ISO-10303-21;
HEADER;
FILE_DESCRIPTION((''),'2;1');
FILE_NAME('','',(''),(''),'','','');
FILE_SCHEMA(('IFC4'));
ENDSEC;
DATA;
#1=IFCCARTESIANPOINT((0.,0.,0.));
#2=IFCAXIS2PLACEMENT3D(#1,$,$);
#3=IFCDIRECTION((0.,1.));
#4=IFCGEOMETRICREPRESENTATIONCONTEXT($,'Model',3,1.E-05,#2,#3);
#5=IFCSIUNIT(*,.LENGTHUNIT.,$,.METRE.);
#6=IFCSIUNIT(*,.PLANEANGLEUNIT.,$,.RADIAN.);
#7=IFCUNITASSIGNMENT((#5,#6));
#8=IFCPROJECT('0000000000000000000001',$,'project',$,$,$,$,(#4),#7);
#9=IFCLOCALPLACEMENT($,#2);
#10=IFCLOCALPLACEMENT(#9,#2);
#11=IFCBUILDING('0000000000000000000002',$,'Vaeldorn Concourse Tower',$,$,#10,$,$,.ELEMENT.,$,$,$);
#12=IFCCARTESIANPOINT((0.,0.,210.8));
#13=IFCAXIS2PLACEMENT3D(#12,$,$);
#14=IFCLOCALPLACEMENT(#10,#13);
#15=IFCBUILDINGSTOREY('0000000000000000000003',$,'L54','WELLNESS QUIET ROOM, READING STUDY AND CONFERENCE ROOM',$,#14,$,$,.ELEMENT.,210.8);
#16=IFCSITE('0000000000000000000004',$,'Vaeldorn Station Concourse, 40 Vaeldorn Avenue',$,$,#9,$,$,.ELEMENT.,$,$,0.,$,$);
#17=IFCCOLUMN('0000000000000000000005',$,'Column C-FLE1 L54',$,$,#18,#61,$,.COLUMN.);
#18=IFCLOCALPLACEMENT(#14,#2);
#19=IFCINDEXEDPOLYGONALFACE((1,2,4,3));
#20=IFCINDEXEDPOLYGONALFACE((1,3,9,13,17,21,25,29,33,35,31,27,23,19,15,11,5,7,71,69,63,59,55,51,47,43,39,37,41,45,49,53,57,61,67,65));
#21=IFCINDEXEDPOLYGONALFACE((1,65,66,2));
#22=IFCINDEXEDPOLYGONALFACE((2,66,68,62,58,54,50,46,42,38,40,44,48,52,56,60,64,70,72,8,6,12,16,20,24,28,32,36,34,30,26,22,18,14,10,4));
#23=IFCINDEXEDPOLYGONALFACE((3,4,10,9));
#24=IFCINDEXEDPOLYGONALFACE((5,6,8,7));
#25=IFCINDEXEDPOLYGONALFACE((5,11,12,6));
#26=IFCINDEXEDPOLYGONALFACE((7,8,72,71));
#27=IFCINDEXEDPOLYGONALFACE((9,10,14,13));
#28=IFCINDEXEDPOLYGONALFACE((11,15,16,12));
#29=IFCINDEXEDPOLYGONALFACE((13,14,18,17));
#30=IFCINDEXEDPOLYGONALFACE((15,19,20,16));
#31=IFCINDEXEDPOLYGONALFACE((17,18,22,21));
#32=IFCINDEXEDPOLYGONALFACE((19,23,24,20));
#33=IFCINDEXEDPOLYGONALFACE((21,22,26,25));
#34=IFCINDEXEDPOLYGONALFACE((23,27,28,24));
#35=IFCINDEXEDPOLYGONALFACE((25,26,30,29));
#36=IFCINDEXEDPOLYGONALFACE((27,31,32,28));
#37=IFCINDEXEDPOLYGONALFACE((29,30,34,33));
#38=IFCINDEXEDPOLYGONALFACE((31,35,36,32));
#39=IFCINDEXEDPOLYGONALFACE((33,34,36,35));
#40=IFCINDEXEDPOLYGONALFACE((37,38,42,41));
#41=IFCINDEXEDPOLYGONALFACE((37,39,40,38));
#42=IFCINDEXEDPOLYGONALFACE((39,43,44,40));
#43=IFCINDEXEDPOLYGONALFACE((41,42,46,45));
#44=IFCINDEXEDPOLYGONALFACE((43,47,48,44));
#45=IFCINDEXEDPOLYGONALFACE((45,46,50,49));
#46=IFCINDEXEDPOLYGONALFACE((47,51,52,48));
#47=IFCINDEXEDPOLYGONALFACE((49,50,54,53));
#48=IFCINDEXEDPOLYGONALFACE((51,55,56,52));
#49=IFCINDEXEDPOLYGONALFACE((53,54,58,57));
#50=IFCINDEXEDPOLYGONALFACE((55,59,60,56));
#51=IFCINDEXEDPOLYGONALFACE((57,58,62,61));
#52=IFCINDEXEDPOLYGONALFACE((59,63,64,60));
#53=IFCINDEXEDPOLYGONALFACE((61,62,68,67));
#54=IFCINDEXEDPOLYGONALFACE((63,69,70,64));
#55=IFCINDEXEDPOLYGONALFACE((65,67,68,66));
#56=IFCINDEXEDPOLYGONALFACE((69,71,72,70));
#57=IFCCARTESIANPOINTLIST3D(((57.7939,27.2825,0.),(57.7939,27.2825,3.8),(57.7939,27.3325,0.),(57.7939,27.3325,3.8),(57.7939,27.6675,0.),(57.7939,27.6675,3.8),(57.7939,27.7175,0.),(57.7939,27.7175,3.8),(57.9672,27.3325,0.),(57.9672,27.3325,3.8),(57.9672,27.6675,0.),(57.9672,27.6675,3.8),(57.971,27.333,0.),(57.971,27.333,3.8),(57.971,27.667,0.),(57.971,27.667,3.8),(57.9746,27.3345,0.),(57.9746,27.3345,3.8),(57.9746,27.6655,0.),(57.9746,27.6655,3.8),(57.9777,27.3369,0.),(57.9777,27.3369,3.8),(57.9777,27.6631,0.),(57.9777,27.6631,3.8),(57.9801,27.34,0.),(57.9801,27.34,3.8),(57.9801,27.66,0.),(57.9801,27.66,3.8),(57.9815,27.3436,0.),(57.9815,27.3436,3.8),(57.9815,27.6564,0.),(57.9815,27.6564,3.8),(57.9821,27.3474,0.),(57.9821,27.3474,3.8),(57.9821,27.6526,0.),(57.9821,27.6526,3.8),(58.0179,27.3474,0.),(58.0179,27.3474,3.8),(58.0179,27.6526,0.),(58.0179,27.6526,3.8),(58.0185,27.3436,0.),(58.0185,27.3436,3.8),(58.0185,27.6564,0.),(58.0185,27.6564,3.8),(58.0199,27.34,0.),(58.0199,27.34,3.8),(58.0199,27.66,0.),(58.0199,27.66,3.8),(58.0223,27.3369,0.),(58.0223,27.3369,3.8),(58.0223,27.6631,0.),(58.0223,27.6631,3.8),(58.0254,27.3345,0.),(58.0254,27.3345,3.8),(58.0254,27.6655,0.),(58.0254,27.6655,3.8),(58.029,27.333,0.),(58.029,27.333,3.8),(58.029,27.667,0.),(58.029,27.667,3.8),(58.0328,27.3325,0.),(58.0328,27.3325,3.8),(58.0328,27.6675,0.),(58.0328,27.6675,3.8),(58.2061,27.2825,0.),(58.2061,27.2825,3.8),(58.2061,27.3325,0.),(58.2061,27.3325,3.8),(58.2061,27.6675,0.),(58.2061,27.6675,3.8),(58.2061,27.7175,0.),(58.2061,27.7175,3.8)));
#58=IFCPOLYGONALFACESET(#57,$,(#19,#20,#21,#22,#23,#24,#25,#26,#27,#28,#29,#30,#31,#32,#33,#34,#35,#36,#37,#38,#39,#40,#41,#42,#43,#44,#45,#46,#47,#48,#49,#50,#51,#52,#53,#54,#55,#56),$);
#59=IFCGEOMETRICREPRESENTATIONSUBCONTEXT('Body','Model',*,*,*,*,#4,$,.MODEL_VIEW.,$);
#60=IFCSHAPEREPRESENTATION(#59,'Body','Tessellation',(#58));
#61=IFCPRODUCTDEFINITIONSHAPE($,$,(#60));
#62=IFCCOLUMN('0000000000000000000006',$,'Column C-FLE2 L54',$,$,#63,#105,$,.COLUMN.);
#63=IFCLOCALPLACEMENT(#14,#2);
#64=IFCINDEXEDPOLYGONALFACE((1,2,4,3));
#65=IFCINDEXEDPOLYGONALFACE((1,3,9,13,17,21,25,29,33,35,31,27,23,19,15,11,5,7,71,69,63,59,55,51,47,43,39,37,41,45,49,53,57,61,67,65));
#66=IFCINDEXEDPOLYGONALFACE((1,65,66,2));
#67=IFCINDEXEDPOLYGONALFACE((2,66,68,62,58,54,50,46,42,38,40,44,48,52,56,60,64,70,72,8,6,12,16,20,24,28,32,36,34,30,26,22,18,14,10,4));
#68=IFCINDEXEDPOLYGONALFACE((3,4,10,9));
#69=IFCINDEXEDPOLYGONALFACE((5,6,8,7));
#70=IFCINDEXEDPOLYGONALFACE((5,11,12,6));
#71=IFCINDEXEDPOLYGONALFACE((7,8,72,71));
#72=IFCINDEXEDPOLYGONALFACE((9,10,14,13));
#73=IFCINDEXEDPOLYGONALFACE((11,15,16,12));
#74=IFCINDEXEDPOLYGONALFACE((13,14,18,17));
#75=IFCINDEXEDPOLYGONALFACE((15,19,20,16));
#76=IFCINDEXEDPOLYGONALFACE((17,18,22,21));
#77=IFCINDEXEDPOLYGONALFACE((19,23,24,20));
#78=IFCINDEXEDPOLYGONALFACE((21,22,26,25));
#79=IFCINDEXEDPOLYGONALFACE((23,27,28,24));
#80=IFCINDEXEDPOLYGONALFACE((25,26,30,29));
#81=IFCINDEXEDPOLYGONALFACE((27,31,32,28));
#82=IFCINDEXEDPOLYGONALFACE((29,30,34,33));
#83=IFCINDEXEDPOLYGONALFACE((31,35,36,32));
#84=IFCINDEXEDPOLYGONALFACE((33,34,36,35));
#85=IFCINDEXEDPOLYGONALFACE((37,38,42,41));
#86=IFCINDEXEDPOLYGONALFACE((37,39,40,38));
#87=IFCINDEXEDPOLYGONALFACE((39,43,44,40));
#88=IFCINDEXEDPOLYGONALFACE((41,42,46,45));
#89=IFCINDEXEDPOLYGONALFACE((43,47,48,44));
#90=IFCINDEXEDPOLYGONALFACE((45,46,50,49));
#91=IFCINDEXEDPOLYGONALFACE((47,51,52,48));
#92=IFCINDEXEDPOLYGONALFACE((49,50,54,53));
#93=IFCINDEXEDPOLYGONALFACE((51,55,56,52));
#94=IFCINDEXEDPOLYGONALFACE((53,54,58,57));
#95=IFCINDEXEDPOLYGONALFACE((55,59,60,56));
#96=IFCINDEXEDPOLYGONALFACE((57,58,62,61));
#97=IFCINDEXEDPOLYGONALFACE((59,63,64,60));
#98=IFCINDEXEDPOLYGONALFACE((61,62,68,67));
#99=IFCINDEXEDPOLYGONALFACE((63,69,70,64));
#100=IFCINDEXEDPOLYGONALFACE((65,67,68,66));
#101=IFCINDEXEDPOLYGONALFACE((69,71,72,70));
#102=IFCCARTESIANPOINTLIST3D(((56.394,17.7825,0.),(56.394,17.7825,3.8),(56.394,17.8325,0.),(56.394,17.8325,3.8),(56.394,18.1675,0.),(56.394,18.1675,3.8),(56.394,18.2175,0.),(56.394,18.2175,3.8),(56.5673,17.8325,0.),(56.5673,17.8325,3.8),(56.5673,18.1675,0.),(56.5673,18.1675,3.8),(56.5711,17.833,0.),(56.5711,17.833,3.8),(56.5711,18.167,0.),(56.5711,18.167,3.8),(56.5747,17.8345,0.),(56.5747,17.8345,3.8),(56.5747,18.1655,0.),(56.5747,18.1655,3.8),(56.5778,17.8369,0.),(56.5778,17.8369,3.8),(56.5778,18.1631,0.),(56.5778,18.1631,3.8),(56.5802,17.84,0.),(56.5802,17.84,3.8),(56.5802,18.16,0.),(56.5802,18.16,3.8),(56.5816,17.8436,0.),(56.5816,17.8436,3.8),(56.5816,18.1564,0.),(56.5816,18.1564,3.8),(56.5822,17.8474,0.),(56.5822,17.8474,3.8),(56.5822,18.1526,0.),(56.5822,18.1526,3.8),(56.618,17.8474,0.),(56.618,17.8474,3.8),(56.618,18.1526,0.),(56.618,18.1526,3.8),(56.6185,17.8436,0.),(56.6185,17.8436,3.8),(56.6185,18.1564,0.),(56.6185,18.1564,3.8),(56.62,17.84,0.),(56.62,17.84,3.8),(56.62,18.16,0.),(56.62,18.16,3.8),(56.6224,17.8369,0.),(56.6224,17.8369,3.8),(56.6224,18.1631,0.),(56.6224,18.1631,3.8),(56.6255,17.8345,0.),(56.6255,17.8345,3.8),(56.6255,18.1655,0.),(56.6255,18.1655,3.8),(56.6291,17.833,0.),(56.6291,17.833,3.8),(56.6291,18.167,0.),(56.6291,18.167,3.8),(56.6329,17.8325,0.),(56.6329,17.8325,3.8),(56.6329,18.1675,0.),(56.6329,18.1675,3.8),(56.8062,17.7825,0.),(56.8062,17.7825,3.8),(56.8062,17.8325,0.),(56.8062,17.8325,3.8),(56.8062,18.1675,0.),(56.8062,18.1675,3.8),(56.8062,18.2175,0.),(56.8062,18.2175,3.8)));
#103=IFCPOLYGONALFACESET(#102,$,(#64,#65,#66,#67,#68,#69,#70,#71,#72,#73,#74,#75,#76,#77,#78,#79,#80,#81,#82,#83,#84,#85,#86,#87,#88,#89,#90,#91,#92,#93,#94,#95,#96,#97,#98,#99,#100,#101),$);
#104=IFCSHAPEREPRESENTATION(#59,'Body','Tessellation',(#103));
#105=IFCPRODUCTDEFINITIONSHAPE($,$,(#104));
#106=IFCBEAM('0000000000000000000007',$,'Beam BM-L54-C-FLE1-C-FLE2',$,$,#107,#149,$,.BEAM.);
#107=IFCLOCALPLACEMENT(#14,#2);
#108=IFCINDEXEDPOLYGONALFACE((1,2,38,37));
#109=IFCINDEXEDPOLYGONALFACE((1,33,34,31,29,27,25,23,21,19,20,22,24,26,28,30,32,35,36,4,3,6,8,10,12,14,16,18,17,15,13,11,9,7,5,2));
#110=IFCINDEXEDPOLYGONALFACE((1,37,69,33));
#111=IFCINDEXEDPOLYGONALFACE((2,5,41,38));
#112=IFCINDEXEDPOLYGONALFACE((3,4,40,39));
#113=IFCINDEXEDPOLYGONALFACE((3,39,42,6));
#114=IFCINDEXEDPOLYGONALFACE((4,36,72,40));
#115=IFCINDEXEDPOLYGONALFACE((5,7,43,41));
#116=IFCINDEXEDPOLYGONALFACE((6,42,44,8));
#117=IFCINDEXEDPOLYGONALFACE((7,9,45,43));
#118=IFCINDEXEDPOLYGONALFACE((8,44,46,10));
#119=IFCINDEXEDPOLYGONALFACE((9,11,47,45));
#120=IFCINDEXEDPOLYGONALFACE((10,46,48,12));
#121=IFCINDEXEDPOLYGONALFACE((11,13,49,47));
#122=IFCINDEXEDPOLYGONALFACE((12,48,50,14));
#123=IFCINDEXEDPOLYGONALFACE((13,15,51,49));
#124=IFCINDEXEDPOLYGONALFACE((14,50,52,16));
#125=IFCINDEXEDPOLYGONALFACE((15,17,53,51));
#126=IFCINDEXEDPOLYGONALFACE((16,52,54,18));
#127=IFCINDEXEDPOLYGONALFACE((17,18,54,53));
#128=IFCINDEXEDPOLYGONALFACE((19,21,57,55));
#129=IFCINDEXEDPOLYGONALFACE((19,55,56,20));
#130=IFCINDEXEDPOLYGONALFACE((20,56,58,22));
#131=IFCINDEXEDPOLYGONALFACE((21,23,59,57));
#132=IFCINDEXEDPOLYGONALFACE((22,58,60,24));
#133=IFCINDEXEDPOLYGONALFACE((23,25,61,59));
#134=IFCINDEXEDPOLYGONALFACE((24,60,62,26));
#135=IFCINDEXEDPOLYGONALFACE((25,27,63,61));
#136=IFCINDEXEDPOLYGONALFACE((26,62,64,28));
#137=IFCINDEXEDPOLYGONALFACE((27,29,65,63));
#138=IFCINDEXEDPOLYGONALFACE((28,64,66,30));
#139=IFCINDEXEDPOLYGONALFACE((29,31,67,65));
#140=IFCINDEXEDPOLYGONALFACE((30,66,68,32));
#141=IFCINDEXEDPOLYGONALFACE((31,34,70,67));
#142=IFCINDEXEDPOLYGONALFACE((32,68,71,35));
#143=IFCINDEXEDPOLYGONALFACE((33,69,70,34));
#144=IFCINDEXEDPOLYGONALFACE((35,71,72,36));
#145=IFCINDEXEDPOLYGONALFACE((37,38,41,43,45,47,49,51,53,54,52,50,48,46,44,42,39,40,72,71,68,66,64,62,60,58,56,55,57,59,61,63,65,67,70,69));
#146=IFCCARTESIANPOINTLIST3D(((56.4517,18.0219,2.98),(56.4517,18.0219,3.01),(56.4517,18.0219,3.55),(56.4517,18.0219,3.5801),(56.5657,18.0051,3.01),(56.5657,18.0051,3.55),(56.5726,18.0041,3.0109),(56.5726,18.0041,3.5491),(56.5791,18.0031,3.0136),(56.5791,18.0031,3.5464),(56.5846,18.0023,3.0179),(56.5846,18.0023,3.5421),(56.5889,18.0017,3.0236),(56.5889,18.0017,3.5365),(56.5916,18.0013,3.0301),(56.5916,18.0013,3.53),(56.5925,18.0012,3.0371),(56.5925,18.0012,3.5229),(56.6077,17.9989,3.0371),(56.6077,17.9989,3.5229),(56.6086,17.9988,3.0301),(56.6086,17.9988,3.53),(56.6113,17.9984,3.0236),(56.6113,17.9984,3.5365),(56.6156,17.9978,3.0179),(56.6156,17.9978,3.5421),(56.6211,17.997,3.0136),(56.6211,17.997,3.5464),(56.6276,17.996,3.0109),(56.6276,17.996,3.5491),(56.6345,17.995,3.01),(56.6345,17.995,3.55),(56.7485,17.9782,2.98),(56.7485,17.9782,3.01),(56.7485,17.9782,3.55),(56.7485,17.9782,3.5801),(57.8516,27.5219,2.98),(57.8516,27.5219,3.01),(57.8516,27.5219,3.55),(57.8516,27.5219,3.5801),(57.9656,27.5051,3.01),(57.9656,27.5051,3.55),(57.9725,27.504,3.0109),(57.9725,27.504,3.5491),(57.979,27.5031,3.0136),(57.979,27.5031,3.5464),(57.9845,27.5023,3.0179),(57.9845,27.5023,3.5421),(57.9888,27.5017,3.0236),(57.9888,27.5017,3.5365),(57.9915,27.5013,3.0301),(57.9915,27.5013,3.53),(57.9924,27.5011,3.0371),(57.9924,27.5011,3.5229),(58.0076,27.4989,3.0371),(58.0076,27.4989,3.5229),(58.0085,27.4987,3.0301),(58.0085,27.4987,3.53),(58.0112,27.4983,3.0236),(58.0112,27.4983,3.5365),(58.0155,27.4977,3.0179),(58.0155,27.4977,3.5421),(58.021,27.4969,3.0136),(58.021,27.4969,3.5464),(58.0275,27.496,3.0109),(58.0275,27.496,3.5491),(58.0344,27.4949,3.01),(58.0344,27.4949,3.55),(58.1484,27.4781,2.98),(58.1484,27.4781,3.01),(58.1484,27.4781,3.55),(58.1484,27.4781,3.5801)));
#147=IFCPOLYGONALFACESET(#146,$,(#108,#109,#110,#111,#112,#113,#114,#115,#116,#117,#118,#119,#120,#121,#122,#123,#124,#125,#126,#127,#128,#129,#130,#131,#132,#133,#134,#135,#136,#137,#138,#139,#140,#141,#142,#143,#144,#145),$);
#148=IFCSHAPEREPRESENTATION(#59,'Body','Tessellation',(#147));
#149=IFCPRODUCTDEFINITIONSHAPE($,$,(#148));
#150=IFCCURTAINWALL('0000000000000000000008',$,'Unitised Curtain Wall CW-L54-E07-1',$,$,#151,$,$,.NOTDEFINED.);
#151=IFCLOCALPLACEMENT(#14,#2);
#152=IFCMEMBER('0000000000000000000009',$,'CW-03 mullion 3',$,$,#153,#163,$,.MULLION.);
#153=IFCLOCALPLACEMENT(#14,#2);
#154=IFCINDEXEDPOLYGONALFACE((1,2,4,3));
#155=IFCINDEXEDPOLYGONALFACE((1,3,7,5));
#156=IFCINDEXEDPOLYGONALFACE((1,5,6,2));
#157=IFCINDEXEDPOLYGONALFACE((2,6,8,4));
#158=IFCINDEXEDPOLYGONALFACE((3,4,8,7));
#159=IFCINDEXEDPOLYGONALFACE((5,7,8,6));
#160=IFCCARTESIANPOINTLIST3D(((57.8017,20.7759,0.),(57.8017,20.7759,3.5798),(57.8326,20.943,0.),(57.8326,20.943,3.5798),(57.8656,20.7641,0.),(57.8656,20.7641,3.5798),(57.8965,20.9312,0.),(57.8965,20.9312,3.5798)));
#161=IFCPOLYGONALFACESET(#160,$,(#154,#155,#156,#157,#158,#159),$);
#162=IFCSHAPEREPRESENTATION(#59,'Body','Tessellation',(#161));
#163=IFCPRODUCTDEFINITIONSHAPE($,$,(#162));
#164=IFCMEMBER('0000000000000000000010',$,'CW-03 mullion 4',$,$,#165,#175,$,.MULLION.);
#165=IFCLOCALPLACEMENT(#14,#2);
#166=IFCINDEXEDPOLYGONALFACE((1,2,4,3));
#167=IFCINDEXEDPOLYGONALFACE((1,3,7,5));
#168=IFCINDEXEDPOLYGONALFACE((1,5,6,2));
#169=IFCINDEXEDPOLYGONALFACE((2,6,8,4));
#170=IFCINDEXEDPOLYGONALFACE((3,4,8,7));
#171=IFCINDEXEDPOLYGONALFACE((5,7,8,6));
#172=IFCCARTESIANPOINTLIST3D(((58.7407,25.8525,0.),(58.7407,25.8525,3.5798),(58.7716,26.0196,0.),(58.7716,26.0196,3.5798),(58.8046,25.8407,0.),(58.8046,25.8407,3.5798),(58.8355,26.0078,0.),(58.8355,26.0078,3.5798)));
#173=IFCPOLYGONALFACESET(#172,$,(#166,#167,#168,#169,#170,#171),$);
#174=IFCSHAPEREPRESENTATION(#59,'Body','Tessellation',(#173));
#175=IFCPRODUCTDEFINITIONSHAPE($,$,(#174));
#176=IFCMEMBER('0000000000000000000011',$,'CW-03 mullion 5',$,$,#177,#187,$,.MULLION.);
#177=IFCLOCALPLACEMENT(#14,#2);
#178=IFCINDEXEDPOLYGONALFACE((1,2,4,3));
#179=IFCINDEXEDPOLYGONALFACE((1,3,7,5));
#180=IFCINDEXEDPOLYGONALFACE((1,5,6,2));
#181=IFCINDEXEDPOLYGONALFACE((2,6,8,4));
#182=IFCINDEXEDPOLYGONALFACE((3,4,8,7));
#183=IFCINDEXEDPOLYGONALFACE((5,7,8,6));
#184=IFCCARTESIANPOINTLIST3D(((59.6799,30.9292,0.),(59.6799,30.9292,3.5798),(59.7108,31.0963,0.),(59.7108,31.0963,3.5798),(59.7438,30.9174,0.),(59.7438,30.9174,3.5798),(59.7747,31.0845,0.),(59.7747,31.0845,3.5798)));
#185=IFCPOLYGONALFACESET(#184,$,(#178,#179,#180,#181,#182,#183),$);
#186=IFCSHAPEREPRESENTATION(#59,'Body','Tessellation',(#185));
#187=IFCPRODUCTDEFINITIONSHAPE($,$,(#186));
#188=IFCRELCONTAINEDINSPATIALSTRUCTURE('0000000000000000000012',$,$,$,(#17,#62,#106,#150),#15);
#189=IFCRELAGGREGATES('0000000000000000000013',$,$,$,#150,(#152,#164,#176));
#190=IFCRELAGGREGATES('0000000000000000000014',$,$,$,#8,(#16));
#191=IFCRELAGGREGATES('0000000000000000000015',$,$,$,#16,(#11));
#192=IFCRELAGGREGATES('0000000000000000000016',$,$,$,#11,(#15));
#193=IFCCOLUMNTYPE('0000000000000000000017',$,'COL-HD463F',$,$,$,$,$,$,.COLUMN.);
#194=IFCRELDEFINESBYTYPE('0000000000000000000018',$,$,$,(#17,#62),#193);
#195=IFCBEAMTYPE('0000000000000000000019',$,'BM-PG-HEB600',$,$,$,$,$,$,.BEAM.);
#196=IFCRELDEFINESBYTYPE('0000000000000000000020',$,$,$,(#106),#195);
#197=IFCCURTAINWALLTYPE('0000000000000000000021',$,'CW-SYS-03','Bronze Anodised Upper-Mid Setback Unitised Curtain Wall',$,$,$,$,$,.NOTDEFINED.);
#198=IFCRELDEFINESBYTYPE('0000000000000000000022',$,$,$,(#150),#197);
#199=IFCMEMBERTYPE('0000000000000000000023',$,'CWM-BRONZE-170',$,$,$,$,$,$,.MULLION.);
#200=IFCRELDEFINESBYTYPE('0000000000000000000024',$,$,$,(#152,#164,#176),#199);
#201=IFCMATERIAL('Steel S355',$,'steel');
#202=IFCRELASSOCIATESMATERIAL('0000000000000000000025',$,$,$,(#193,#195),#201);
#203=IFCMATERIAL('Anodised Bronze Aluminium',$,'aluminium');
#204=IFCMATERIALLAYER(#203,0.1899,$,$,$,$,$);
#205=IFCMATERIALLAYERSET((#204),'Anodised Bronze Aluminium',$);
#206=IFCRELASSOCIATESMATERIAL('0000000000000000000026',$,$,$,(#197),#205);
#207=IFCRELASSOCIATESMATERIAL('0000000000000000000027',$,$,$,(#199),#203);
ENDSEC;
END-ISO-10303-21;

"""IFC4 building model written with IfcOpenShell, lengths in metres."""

from ifc_helpers import new_model, si_unit, direction, frame, origin, origin_2d, place, context, subcontext, project, spatial, rectangle, i_section, extrude, source, transform, mapped, material, layer, layer_set, material_profile, profile_set, type_object, element, aggregate, save


model = new_model("IFC4")

# Units and contexts
model_context = context("Model", 3, precision=1e-05, world=origin(), true_north=direction((0.0, 1.0)))
body_context = subcontext(model_context, "Body", "Model", "MODEL_VIEW")
ifc_project = project(units=[si_unit("LENGTHUNIT", "METRE"), si_unit("PLANEANGLEUNIT", "RADIAN")], contexts=[model_context])

# Site, building, storey
site_placement = place(None, origin())
site = spatial("IfcSite", under=ifc_project, at=site_placement, Name="Vaeldorn Station Concourse, 40 Vaeldorn Avenue", CompositionType="ELEMENT", RefElevation=0.0)
building_placement = place(site_placement, origin())
building = spatial("IfcBuilding", under=site, at=building_placement, Name="Vaeldorn Concourse Tower", CompositionType="ELEMENT")
storey_placement = place(building_placement, frame((0.0, 0.0, 210.8)))
storey = spatial("IfcBuildingStorey", under=building, at=storey_placement, Name="L54", Description="WELLNESS QUIET ROOM, READING STUDY AND CONFERENCE ROOM", CompositionType="ELEMENT", Elevation=210.8)

# Columns
ifc_material_1 = material(Name="Steel S355", Category="steel")
ifc_material_profile_1 = material_profile(ifc_material_1, i_section(OverallWidth=0.4121, OverallDepth=0.4351, WebThickness=0.0359, FlangeThickness=0.05, FilletRadius=0.0149, at=origin_2d()), Name="HD 400x463")
ifc_profile_set_1 = profile_set([ifc_material_profile_1], Name="Steel S355")
column_type = type_object("IfcColumnType", Name="COL-HD463F", PredefinedType="COLUMN", material=ifc_profile_set_1)
shared_shape_1 = source(origin(), body_context, "Body", "SweptSolid", [
    extrude(i_section(OverallWidth=0.4121, OverallDepth=0.4351, WebThickness=0.0359, FlangeThickness=0.05, FilletRadius=0.0149, at=origin_2d()), origin(), (0.0, 0.0, 1.0), 3.8),
])
for number, where, z_axis, x_axis, name in (
    (1, (58.0, 27.5, 0.0), (0.0, 0.0, 1.0), (1.0, 0.0, 0.0), "Column C-FLE1 L54"),
    (2, (56.6001, 18.0, 0.0), (0.0, 0.0, 1.0), (1.0, 0.0, 0.0), "Column C-FLE2 L54"),
):
    element("IfcColumn", number, at=place(storey_placement, frame(where, z_axis=z_axis, x_axis=x_axis)), inside=storey, type_object=column_type, Name=name, PredefinedType="COLUMN", context=body_context, shape_type="MappedRepresentation", body=[
        mapped(shared_shape_1, transform((0.0, 0.0, 0.0), scale=1.0)),
    ])

# Beam
ifc_material_profile_2 = material_profile(ifc_material_1, i_section(OverallWidth=0.3, OverallDepth=0.6001, WebThickness=0.0154, FlangeThickness=0.03, FilletRadius=0.0271, at=origin_2d()), Name="HEB 600")
ifc_profile_set_2 = profile_set([ifc_material_profile_2], Name="Steel S355")
beam_type = type_object("IfcBeamType", Name="BM-PG-HEB600", PredefinedType="BEAM", material=ifc_profile_set_2)
shared_shape_2 = source(origin(), body_context, "Body", "SweptSolid", [
    extrude(i_section(OverallWidth=0.3, OverallDepth=0.6001, WebThickness=0.0154, FlangeThickness=0.03, FilletRadius=0.0271, at=origin_2d()), origin(), (0.0, 0.0, 1.0), 9.6025),
])
beam_placement = place(storey_placement, frame((58.0, 27.5, 3.28), z_axis=(-0.145784, -0.989316, 0.0), x_axis=(0.989316, -0.145784, 0.0)))
element("IfcBeam", 3, at=beam_placement, inside=storey, type_object=beam_type, Name="Beam BM-L54-C-FLE1-C-FLE2", PredefinedType="BEAM", context=body_context, shape_type="MappedRepresentation", body=[
    mapped(shared_shape_2, transform((0.0, 0.0, 0.0), scale=1.0)),
])

# Curtain wall, members
ifc_material_2 = material(Name="Anodised Bronze Aluminium", Category="aluminium")
ifc_layer_1 = layer(ifc_material_2, 0.1899)
ifc_layer_set_1 = layer_set([ifc_layer_1], Name="Anodised Bronze Aluminium")
curtain_wall_type = type_object("IfcCurtainWallType", Name="CW-SYS-03", Description="Bronze Anodised Upper-Mid Setback Unitised Curtain Wall", PredefinedType="NOTDEFINED", material=ifc_layer_set_1)
curtain_wall_placement = place(storey_placement, origin())
curtain_wall = element("IfcCurtainWall", 4, at=curtain_wall_placement, inside=storey, type_object=curtain_wall_type, Name="Unitised Curtain Wall CW-L54-E07-1", PredefinedType="NOTDEFINED")
ifc_material_profile_3 = material_profile(ifc_material_2, rectangle(XDim=0.0649, YDim=0.1699, at=origin_2d()), Name="CWM 65x170")
ifc_profile_set_3 = profile_set([ifc_material_profile_3], Name="Anodised Bronze Aluminium")
member_type_1 = type_object("IfcMemberType", Name="CWM-BRONZE-170", PredefinedType="MULLION", material=ifc_profile_set_3)
shared_shape_3 = source(origin(), body_context, "Body", "SweptSolid", [
    extrude(rectangle(XDim=0.0649, YDim=0.1699, at=origin_2d()), origin(), (0.0, 0.0, 1.0), 3.5798),
])
member_1_placement = place(storey_placement, frame((57.8491, 20.8535, 0.0), z_axis=(0.0, 0.0, 1.0), x_axis=(-0.983319, 0.181889, 0.0)))
member_1 = element("IfcMember", 5, at=member_1_placement, type_object=member_type_1, Name="CW-03 mullion 3", PredefinedType="MULLION", context=body_context, shape_type="MappedRepresentation", body=[
    mapped(shared_shape_3, transform((0.0, 0.0, 0.0), scale=1.0)),
])
member_2_placement = place(storey_placement, frame((58.7881, 25.9302, 0.0), z_axis=(0.0, 0.0, 1.0), x_axis=(-0.983319, 0.181889, 0.0)))
member_2 = element("IfcMember", 6, at=member_2_placement, type_object=member_type_1, Name="CW-03 mullion 4", PredefinedType="MULLION", context=body_context, shape_type="MappedRepresentation", body=[
    mapped(shared_shape_3, transform((0.0, 0.0, 0.0), scale=1.0)),
])
member_3_placement = place(storey_placement, frame((59.7273, 31.0068, 0.0), z_axis=(0.0, 0.0, 1.0), x_axis=(-0.983319, 0.181889, 0.0)))
member_3 = element("IfcMember", 7, at=member_3_placement, type_object=member_type_1, Name="CW-03 mullion 5", PredefinedType="MULLION", context=body_context, shape_type="MappedRepresentation", body=[
    mapped(shared_shape_3, transform((0.0, 0.0, 0.0), scale=1.0)),
])
aggregate(curtain_wall, [member_1, member_2, member_3])

save(model, "model.ifc")
